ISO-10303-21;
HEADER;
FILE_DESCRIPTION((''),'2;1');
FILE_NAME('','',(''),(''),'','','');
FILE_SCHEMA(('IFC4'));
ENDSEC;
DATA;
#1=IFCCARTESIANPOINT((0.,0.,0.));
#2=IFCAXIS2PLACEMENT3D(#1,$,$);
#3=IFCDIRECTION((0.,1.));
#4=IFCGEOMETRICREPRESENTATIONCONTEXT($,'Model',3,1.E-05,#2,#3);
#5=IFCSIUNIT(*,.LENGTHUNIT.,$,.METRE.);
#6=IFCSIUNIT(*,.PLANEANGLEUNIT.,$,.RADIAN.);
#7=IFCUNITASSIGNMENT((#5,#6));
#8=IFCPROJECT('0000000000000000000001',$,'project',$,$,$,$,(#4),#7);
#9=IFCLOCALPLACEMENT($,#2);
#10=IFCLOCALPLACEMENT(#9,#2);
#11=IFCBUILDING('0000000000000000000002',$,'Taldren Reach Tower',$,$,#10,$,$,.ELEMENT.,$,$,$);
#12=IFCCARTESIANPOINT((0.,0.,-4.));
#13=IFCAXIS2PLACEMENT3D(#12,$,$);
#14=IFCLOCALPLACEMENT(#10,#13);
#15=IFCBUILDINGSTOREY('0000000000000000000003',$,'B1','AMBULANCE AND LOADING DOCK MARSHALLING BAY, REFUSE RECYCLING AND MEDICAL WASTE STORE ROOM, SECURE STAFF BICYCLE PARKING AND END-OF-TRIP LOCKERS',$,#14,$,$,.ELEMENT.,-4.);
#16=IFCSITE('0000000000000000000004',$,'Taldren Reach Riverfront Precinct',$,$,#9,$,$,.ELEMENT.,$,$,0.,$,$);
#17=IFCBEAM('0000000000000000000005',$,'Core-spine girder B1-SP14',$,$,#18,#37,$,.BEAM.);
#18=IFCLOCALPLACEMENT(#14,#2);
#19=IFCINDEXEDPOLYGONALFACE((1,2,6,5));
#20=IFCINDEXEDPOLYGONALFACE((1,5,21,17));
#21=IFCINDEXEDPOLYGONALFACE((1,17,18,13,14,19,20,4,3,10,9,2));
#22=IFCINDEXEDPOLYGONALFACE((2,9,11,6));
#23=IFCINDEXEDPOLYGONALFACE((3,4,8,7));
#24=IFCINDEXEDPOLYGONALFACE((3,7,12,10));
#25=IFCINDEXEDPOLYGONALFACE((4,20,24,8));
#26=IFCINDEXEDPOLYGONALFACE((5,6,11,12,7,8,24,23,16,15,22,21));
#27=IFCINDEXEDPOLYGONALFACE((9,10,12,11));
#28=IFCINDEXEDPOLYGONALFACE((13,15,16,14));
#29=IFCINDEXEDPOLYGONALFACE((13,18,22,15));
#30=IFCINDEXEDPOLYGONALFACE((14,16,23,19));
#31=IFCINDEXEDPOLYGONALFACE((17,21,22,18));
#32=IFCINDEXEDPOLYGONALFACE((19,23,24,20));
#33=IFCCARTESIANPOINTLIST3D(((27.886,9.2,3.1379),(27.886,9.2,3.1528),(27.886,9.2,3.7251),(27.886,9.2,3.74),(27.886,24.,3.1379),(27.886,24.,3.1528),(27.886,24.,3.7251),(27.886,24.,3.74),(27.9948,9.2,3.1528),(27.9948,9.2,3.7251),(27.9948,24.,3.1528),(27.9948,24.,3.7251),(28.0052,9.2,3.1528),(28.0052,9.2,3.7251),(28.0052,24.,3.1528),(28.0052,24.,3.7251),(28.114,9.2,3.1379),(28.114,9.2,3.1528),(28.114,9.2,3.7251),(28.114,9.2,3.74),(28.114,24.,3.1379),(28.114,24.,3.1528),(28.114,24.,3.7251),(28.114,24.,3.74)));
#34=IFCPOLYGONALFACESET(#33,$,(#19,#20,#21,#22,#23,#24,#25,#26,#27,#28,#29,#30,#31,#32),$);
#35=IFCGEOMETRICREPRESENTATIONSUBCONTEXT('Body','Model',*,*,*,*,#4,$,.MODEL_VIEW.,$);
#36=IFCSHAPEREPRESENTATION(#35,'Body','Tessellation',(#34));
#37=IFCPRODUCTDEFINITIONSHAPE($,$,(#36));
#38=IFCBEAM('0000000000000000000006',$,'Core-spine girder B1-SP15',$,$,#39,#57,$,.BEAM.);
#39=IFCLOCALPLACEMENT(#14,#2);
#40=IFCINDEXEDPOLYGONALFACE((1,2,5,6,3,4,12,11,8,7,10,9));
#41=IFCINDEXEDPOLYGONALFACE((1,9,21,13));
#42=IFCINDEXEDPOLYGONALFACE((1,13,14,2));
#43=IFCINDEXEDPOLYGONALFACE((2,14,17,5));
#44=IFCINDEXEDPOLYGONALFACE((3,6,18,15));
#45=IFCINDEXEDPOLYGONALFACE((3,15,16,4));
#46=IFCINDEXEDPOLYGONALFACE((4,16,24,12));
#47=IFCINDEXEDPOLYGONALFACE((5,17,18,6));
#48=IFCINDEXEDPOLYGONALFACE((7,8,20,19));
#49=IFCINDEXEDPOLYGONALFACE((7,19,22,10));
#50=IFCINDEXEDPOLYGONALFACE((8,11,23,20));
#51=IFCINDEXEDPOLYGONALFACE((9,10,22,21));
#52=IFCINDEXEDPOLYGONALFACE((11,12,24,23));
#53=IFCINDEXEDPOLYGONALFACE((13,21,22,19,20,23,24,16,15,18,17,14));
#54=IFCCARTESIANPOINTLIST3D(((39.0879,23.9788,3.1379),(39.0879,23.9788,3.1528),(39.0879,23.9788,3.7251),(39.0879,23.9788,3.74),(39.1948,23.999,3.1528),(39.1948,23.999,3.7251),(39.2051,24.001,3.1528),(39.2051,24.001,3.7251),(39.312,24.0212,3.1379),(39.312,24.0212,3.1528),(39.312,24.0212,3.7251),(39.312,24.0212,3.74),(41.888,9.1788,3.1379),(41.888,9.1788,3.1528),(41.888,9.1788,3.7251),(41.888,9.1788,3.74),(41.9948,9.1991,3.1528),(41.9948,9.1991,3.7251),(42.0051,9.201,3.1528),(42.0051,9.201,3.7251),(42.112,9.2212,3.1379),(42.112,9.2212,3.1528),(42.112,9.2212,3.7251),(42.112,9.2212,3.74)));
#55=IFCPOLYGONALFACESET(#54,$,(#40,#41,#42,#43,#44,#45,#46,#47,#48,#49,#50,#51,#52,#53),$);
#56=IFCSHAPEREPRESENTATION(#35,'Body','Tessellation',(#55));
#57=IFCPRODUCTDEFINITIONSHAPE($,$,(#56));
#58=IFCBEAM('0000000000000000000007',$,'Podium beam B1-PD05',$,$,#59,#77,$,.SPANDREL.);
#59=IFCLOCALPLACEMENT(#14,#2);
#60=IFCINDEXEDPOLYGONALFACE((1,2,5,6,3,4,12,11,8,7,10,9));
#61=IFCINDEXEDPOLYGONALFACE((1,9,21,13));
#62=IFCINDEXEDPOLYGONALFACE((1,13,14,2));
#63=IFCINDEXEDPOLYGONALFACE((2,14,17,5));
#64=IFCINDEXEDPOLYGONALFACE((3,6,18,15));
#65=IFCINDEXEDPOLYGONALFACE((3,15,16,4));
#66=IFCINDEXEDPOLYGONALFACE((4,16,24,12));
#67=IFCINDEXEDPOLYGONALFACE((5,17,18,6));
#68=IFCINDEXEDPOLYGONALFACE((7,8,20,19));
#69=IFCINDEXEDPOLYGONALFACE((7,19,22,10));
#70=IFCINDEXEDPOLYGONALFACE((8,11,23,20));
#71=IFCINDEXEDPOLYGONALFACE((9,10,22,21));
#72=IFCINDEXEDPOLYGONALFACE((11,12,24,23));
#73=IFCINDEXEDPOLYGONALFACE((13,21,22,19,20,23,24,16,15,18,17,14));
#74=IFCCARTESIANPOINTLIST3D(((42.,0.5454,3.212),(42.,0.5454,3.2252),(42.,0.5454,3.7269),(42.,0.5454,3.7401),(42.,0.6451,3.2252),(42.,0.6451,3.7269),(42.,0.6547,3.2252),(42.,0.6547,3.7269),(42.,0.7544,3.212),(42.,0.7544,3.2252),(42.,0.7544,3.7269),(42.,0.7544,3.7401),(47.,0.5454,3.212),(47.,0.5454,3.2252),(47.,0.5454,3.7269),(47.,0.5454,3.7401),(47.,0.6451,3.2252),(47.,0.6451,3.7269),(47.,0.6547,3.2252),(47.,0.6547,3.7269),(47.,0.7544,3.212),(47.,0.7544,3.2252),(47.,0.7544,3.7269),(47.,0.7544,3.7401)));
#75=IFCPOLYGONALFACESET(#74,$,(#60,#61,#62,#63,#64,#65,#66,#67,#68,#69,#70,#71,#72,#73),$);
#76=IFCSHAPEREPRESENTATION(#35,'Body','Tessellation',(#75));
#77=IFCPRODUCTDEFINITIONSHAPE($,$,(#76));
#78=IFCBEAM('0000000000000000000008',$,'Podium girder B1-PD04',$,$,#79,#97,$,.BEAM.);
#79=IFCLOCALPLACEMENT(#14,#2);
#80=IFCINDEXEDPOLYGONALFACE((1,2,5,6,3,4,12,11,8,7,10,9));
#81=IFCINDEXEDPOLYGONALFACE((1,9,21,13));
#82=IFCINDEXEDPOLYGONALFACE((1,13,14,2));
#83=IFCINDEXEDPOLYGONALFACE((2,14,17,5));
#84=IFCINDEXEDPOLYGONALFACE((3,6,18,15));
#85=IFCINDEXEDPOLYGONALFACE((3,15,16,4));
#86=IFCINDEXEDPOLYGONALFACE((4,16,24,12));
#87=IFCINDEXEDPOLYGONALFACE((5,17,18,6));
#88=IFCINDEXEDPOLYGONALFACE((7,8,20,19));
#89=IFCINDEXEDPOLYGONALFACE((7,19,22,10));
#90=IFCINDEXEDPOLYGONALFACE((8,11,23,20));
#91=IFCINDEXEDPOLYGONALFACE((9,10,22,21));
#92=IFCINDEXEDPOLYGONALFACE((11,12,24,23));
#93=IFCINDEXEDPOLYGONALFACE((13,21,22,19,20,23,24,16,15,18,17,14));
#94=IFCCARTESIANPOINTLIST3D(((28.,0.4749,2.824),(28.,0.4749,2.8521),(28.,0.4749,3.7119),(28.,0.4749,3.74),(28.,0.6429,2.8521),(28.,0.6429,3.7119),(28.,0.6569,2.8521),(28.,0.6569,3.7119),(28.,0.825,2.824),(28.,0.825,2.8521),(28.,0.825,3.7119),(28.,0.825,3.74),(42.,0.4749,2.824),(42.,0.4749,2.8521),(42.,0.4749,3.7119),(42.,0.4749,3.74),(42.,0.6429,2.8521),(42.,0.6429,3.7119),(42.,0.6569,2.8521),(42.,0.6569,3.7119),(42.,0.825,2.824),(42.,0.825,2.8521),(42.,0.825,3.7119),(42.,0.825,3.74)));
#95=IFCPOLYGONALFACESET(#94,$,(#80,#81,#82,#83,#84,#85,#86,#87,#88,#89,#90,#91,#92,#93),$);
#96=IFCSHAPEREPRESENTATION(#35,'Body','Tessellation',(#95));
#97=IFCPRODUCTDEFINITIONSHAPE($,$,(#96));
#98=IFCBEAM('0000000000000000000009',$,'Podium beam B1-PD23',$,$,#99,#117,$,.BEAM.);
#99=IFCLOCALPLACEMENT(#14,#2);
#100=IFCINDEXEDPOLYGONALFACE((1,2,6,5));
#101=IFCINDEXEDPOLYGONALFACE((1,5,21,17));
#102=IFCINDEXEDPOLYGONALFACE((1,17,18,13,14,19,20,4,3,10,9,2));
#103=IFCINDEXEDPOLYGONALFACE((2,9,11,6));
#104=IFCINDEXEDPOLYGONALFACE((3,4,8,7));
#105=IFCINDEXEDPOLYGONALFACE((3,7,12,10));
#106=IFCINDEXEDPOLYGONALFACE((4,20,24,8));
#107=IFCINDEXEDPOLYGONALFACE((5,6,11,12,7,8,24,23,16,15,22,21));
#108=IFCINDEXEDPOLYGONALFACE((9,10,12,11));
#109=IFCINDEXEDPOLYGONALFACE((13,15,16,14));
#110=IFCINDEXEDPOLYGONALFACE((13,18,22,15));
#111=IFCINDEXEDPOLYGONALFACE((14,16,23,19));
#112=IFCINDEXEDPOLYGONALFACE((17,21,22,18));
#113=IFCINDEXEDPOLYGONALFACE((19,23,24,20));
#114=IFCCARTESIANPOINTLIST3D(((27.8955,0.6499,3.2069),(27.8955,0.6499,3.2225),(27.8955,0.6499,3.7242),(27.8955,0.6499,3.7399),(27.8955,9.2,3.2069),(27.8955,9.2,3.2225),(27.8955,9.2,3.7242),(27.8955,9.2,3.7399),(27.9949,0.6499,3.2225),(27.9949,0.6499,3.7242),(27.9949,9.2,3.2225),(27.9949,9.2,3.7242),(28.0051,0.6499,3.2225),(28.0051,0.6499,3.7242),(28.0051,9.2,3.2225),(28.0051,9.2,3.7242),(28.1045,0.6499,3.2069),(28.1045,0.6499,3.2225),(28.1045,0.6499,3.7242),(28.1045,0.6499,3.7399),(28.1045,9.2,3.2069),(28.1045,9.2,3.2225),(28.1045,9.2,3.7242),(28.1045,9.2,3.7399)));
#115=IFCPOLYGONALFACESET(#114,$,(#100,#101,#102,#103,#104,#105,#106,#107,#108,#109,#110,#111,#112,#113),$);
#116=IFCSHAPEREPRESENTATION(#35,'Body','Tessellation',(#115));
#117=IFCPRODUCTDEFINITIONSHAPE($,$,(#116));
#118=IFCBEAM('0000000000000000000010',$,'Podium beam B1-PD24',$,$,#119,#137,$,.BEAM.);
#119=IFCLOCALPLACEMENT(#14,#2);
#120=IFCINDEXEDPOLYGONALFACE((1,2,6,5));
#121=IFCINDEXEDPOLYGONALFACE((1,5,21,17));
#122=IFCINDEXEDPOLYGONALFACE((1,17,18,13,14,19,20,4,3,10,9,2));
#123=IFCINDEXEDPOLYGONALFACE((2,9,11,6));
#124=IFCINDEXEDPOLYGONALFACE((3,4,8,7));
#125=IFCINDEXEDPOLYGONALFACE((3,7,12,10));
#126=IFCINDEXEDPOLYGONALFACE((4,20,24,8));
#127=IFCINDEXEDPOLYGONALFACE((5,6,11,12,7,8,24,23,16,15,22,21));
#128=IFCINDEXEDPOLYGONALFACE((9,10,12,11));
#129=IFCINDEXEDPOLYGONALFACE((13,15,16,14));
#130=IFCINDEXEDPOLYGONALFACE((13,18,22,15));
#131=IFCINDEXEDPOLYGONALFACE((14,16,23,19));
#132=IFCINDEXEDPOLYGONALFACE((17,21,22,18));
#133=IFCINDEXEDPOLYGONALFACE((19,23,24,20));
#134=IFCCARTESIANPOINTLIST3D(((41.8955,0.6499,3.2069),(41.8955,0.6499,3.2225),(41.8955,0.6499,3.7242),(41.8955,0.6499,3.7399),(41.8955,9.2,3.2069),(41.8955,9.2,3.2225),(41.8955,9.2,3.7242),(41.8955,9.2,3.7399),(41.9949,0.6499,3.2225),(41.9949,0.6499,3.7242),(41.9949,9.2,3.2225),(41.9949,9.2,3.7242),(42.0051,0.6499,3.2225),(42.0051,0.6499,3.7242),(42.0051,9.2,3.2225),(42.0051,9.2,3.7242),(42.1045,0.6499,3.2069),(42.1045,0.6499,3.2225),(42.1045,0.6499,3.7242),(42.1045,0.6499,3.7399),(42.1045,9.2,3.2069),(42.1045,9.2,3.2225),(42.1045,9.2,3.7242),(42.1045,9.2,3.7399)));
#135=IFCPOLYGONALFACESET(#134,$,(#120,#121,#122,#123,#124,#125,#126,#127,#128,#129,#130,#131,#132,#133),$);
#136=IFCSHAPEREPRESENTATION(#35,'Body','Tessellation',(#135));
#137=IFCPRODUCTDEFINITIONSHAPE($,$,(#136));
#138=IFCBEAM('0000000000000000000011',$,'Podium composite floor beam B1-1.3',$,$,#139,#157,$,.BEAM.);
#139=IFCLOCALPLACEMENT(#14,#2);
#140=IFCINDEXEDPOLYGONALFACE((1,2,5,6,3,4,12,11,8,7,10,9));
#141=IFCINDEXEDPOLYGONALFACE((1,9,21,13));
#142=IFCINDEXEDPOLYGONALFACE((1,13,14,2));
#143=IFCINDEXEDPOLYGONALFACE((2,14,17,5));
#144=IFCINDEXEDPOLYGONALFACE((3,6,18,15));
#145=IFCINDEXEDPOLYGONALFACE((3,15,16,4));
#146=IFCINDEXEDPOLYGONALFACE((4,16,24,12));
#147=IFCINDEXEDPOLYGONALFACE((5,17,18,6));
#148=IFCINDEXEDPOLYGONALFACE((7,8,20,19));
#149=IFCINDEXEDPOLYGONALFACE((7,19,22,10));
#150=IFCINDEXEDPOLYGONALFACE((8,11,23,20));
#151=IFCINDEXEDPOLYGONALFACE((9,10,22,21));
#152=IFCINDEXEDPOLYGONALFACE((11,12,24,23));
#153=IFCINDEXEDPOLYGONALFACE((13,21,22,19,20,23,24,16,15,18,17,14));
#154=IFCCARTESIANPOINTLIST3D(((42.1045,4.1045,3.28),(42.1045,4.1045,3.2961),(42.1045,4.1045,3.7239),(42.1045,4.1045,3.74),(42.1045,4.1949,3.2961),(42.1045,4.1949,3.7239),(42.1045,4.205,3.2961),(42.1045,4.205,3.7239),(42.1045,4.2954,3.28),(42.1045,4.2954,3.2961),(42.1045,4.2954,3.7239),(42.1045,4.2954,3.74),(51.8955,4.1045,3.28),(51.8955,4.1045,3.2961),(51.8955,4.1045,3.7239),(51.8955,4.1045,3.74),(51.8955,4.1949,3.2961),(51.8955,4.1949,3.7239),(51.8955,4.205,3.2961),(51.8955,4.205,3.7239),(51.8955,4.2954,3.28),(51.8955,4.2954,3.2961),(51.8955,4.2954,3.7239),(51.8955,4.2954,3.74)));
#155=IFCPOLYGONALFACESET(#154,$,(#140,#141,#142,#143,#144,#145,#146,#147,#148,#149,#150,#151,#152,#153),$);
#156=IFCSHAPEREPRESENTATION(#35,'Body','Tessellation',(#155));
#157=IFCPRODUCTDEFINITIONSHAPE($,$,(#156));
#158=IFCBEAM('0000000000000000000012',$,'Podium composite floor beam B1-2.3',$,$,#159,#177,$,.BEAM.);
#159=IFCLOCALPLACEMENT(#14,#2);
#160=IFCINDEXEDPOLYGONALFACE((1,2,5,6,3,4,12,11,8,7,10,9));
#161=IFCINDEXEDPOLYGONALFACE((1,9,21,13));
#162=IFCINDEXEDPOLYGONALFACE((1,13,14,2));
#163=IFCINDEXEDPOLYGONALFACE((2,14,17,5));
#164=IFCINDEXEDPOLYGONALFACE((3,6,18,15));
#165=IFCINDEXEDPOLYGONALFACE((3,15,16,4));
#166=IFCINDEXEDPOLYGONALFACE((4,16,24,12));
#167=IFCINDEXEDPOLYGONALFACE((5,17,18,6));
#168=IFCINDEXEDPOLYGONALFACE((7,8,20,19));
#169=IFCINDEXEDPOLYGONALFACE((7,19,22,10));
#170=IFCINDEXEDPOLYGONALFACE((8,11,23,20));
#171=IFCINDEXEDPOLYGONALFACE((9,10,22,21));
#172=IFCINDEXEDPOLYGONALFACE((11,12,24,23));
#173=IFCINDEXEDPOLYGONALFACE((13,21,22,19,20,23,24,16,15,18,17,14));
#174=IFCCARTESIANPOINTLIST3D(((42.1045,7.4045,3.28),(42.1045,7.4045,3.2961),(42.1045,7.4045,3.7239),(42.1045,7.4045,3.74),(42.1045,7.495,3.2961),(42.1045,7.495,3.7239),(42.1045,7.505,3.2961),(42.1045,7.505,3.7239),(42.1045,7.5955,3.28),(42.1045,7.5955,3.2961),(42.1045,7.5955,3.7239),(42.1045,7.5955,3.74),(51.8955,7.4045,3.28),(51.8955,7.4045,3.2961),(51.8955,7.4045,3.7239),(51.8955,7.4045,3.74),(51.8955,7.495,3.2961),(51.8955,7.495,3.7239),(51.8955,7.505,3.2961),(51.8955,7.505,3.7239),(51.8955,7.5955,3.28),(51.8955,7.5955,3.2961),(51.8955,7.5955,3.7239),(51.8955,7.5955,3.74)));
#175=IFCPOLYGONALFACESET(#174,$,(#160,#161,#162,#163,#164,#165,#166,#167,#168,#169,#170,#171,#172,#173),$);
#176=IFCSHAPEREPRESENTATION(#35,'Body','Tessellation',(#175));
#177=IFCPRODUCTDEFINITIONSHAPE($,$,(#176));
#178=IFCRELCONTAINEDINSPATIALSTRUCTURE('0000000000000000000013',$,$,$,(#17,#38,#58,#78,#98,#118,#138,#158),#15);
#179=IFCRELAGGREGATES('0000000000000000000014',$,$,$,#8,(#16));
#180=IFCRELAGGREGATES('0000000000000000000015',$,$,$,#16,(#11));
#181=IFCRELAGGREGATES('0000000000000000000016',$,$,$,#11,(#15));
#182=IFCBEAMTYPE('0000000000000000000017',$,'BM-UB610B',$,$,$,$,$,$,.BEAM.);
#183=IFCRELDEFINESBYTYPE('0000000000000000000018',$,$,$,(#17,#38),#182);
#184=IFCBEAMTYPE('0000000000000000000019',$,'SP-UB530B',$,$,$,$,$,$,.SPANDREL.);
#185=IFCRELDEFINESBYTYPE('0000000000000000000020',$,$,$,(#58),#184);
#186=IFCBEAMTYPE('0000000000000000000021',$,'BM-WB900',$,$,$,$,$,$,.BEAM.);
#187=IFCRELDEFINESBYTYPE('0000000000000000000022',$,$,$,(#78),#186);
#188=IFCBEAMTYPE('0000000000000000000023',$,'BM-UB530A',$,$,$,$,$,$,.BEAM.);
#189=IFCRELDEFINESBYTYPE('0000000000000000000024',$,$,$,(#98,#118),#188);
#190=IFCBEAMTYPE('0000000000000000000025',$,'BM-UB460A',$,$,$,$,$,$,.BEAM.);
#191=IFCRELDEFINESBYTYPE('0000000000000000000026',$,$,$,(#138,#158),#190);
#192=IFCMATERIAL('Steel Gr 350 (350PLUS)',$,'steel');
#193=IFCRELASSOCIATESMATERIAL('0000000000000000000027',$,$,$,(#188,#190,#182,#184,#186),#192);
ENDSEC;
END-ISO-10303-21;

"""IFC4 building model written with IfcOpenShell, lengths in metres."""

from ifc_helpers import new_model, si_unit, direction, frame, origin, origin_2d, place, context, subcontext, project, spatial, i_section, extrude, source, transform, mapped, material, material_profile, profile_set, type_object, element, save


model = new_model("IFC4")

# Units and contexts
model_context = context("Model", 3, precision=1e-05, world=origin(), true_north=direction((0.0, 1.0)))
body_context = subcontext(model_context, "Body", "Model", "MODEL_VIEW")
ifc_project = project(units=[si_unit("LENGTHUNIT", "METRE"), si_unit("PLANEANGLEUNIT", "RADIAN")], contexts=[model_context])

# Site, building, storey
site_placement = place(None, origin())
site = spatial("IfcSite", under=ifc_project, at=site_placement, Name="Taldren Reach Riverfront Precinct", CompositionType="ELEMENT", RefElevation=0.0)
building_placement = place(site_placement, origin())
building = spatial("IfcBuilding", under=site, at=building_placement, Name="Taldren Reach Tower", CompositionType="ELEMENT")
storey_placement = place(building_placement, frame((0.0, 0.0, -4.0)))
storey = spatial("IfcBuildingStorey", under=building, at=storey_placement, Name="B1", Description="AMBULANCE AND LOADING DOCK MARSHALLING BAY, REFUSE RECYCLING AND MEDICAL WASTE STORE ROOM, SECURE STAFF BICYCLE PARKING AND END-OF-TRIP LOCKERS", CompositionType="ELEMENT", Elevation=-4.0)

# Shared definitions
ifc_material_1 = material(Name="Steel Gr 350 (350PLUS)", Category="steel")

# Beams
ifc_material_profile_1 = material_profile(ifc_material_1, i_section(OverallWidth=0.209, OverallDepth=0.533, WebThickness=0.0103, FlangeThickness=0.0156, at=origin_2d()), Name="530UB92.4")
ifc_profile_set_1 = profile_set([ifc_material_profile_1], Name="Steel Gr 350 (350PLUS)")
beam_type_1 = type_object("IfcBeamType", Name="BM-UB530A", PredefinedType="BEAM", material=ifc_profile_set_1)
ifc_material_profile_2 = material_profile(ifc_material_1, i_section(OverallWidth=0.1909, OverallDepth=0.46, WebThickness=0.01, FlangeThickness=0.0161, at=origin_2d()), Name="460UB82.1")
ifc_profile_set_2 = profile_set([ifc_material_profile_2], Name="Steel Gr 350 (350PLUS)")
beam_type_2 = type_object("IfcBeamType", Name="BM-UB460A", PredefinedType="BEAM", material=ifc_profile_set_2)
ifc_material_profile_3 = material_profile(ifc_material_1, i_section(OverallWidth=0.228, OverallDepth=0.6021, WebThickness=0.0105, FlangeThickness=0.0149, at=origin_2d()), Name="610UB101")
ifc_profile_set_3 = profile_set([ifc_material_profile_3], Name="Steel Gr 350 (350PLUS)")
beam_type_3 = type_object("IfcBeamType", Name="BM-UB610B", PredefinedType="BEAM", material=ifc_profile_set_3)
shared_shape_1 = source(origin(), body_context, "Body", "SweptSolid", [
    extrude(i_section(OverallWidth=0.228, OverallDepth=0.6021, WebThickness=0.0105, FlangeThickness=0.0149, at=origin_2d()), origin(), (0.0, 0.0, 1.0), 14.8),
])
beam_1_placement = place(storey_placement, frame((28.0, 24.0, 3.439), z_axis=(0.0, -1.0, 0.0), x_axis=(1.0, 0.0, 0.0)))
element("IfcBeam", 1, at=beam_1_placement, inside=storey, type_object=beam_type_3, Name="Core-spine girder B1-SP14", PredefinedType="BEAM", context=body_context, shape_type="MappedRepresentation", body=[
    mapped(shared_shape_1, transform((0.0, 0.0, 0.0), scale=1.0)),
])
shared_shape_2 = source(origin(), body_context, "Body", "SweptSolid", [
    extrude(i_section(OverallWidth=0.228, OverallDepth=0.6021, WebThickness=0.0105, FlangeThickness=0.0149, at=origin_2d()), origin(), (0.0, 0.0, 1.0), 15.0625),
])
beam_2_placement = place(storey_placement, frame((39.2, 24.0, 3.439), z_axis=(0.185894, -0.98257, 0.0), x_axis=(0.98257, 0.185894, 0.0)))
element("IfcBeam", 2, at=beam_2_placement, inside=storey, type_object=beam_type_3, Name="Core-spine girder B1-SP15", PredefinedType="BEAM", context=body_context, shape_type="MappedRepresentation", body=[
    mapped(shared_shape_2, transform((0.0, 0.0, 0.0), scale=1.0)),
])
ifc_material_profile_4 = material_profile(ifc_material_1, i_section(OverallWidth=0.209, OverallDepth=0.5281, WebThickness=0.0095, FlangeThickness=0.0132, at=origin_2d()), Name="530UB82.0")
ifc_profile_set_4 = profile_set([ifc_material_profile_4], Name="Steel Gr 350 (350PLUS)")
beam_type_4 = type_object("IfcBeamType", Name="SP-UB530B", PredefinedType="SPANDREL", material=ifc_profile_set_4)
shared_shape_3 = source(origin(), body_context, "Body", "SweptSolid", [
    extrude(i_section(OverallWidth=0.209, OverallDepth=0.5281, WebThickness=0.0095, FlangeThickness=0.0132, at=origin_2d()), origin(), (0.0, 0.0, 1.0), 5.0),
])
beam_3_placement = place(storey_placement, frame((42.0, 0.6499, 3.4761), z_axis=(1.0, 0.0, 0.0), x_axis=(0.0, 1.0, 0.0)))
element("IfcBeam", 3, at=beam_3_placement, inside=storey, type_object=beam_type_4, Name="Podium beam B1-PD05", PredefinedType="SPANDREL", context=body_context, shape_type="MappedRepresentation", body=[
    mapped(shared_shape_3, transform((0.0, 0.0, 0.0), scale=1.0)),
])
ifc_material_profile_5 = material_profile(ifc_material_1, i_section(OverallWidth=0.3501, OverallDepth=0.916, WebThickness=0.0139, FlangeThickness=0.0281, at=origin_2d()), Name="900WB257")
ifc_profile_set_5 = profile_set([ifc_material_profile_5], Name="Steel Gr 350 (350PLUS)")
beam_type_5 = type_object("IfcBeamType", Name="BM-WB900", PredefinedType="BEAM", material=ifc_profile_set_5)
shared_shape_4 = source(origin(), body_context, "Body", "SweptSolid", [
    extrude(i_section(OverallWidth=0.3501, OverallDepth=0.916, WebThickness=0.0139, FlangeThickness=0.0281, at=origin_2d()), origin(), (0.0, 0.0, 1.0), 14.0),
])
beam_4_placement = place(storey_placement, frame((28.0, 0.6499, 3.282), z_axis=(1.0, 0.0, 0.0), x_axis=(0.0, 1.0, 0.0)))
element("IfcBeam", 4, at=beam_4_placement, inside=storey, type_object=beam_type_5, Name="Podium girder B1-PD04", PredefinedType="BEAM", context=body_context, shape_type="MappedRepresentation", body=[
    mapped(shared_shape_4, transform((0.0, 0.0, 0.0), scale=1.0)),
])
shared_shape_5 = source(origin(), body_context, "Body", "SweptSolid", [
    extrude(i_section(OverallWidth=0.209, OverallDepth=0.533, WebThickness=0.0103, FlangeThickness=0.0156, at=origin_2d()), origin(), (0.0, 0.0, 1.0), 8.55),
])
for number, where, z_axis, x_axis, name in (
    (5, (28.0, 0.6499, 3.4734), (0.0, 1.0, 0.0), (-1.0, 0.0, 0.0), "Podium beam B1-PD23"),
    (6, (42.0, 0.6499, 3.4734), (0.0, 1.0, 0.0), (-1.0, 0.0, 0.0), "Podium beam B1-PD24"),
):
    element("IfcBeam", number, at=place(storey_placement, frame(where, z_axis=z_axis, x_axis=x_axis)), inside=storey, type_object=beam_type_1, Name=name, PredefinedType="BEAM", context=body_context, shape_type="MappedRepresentation", body=[
        mapped(shared_shape_5, transform((0.0, 0.0, 0.0), scale=1.0)),
    ])
shared_shape_6 = source(origin(), body_context, "Body", "SweptSolid", [
    extrude(i_section(OverallWidth=0.1909, OverallDepth=0.46, WebThickness=0.01, FlangeThickness=0.0161, at=origin_2d()), origin(), (0.0, 0.0, 1.0), 9.791),
])
for number, where, z_axis, x_axis, name in (
    (7, (42.1045, 4.2, 3.51), (1.0, 0.0, 0.0), (0.0, 1.0, 0.0), "Podium composite floor beam B1-1.3"),
    (8, (42.1045, 7.5, 3.51), (1.0, 0.0, 0.0), (0.0, 1.0, 0.0), "Podium composite floor beam B1-2.3"),
):
    element("IfcBeam", number, at=place(storey_placement, frame(where, z_axis=z_axis, x_axis=x_axis)), inside=storey, type_object=beam_type_2, Name=name, PredefinedType="BEAM", context=body_context, shape_type="MappedRepresentation", body=[
        mapped(shared_shape_6, transform((0.0, 0.0, 0.0), scale=1.0)),
    ])

save(model, "model.ifc")
